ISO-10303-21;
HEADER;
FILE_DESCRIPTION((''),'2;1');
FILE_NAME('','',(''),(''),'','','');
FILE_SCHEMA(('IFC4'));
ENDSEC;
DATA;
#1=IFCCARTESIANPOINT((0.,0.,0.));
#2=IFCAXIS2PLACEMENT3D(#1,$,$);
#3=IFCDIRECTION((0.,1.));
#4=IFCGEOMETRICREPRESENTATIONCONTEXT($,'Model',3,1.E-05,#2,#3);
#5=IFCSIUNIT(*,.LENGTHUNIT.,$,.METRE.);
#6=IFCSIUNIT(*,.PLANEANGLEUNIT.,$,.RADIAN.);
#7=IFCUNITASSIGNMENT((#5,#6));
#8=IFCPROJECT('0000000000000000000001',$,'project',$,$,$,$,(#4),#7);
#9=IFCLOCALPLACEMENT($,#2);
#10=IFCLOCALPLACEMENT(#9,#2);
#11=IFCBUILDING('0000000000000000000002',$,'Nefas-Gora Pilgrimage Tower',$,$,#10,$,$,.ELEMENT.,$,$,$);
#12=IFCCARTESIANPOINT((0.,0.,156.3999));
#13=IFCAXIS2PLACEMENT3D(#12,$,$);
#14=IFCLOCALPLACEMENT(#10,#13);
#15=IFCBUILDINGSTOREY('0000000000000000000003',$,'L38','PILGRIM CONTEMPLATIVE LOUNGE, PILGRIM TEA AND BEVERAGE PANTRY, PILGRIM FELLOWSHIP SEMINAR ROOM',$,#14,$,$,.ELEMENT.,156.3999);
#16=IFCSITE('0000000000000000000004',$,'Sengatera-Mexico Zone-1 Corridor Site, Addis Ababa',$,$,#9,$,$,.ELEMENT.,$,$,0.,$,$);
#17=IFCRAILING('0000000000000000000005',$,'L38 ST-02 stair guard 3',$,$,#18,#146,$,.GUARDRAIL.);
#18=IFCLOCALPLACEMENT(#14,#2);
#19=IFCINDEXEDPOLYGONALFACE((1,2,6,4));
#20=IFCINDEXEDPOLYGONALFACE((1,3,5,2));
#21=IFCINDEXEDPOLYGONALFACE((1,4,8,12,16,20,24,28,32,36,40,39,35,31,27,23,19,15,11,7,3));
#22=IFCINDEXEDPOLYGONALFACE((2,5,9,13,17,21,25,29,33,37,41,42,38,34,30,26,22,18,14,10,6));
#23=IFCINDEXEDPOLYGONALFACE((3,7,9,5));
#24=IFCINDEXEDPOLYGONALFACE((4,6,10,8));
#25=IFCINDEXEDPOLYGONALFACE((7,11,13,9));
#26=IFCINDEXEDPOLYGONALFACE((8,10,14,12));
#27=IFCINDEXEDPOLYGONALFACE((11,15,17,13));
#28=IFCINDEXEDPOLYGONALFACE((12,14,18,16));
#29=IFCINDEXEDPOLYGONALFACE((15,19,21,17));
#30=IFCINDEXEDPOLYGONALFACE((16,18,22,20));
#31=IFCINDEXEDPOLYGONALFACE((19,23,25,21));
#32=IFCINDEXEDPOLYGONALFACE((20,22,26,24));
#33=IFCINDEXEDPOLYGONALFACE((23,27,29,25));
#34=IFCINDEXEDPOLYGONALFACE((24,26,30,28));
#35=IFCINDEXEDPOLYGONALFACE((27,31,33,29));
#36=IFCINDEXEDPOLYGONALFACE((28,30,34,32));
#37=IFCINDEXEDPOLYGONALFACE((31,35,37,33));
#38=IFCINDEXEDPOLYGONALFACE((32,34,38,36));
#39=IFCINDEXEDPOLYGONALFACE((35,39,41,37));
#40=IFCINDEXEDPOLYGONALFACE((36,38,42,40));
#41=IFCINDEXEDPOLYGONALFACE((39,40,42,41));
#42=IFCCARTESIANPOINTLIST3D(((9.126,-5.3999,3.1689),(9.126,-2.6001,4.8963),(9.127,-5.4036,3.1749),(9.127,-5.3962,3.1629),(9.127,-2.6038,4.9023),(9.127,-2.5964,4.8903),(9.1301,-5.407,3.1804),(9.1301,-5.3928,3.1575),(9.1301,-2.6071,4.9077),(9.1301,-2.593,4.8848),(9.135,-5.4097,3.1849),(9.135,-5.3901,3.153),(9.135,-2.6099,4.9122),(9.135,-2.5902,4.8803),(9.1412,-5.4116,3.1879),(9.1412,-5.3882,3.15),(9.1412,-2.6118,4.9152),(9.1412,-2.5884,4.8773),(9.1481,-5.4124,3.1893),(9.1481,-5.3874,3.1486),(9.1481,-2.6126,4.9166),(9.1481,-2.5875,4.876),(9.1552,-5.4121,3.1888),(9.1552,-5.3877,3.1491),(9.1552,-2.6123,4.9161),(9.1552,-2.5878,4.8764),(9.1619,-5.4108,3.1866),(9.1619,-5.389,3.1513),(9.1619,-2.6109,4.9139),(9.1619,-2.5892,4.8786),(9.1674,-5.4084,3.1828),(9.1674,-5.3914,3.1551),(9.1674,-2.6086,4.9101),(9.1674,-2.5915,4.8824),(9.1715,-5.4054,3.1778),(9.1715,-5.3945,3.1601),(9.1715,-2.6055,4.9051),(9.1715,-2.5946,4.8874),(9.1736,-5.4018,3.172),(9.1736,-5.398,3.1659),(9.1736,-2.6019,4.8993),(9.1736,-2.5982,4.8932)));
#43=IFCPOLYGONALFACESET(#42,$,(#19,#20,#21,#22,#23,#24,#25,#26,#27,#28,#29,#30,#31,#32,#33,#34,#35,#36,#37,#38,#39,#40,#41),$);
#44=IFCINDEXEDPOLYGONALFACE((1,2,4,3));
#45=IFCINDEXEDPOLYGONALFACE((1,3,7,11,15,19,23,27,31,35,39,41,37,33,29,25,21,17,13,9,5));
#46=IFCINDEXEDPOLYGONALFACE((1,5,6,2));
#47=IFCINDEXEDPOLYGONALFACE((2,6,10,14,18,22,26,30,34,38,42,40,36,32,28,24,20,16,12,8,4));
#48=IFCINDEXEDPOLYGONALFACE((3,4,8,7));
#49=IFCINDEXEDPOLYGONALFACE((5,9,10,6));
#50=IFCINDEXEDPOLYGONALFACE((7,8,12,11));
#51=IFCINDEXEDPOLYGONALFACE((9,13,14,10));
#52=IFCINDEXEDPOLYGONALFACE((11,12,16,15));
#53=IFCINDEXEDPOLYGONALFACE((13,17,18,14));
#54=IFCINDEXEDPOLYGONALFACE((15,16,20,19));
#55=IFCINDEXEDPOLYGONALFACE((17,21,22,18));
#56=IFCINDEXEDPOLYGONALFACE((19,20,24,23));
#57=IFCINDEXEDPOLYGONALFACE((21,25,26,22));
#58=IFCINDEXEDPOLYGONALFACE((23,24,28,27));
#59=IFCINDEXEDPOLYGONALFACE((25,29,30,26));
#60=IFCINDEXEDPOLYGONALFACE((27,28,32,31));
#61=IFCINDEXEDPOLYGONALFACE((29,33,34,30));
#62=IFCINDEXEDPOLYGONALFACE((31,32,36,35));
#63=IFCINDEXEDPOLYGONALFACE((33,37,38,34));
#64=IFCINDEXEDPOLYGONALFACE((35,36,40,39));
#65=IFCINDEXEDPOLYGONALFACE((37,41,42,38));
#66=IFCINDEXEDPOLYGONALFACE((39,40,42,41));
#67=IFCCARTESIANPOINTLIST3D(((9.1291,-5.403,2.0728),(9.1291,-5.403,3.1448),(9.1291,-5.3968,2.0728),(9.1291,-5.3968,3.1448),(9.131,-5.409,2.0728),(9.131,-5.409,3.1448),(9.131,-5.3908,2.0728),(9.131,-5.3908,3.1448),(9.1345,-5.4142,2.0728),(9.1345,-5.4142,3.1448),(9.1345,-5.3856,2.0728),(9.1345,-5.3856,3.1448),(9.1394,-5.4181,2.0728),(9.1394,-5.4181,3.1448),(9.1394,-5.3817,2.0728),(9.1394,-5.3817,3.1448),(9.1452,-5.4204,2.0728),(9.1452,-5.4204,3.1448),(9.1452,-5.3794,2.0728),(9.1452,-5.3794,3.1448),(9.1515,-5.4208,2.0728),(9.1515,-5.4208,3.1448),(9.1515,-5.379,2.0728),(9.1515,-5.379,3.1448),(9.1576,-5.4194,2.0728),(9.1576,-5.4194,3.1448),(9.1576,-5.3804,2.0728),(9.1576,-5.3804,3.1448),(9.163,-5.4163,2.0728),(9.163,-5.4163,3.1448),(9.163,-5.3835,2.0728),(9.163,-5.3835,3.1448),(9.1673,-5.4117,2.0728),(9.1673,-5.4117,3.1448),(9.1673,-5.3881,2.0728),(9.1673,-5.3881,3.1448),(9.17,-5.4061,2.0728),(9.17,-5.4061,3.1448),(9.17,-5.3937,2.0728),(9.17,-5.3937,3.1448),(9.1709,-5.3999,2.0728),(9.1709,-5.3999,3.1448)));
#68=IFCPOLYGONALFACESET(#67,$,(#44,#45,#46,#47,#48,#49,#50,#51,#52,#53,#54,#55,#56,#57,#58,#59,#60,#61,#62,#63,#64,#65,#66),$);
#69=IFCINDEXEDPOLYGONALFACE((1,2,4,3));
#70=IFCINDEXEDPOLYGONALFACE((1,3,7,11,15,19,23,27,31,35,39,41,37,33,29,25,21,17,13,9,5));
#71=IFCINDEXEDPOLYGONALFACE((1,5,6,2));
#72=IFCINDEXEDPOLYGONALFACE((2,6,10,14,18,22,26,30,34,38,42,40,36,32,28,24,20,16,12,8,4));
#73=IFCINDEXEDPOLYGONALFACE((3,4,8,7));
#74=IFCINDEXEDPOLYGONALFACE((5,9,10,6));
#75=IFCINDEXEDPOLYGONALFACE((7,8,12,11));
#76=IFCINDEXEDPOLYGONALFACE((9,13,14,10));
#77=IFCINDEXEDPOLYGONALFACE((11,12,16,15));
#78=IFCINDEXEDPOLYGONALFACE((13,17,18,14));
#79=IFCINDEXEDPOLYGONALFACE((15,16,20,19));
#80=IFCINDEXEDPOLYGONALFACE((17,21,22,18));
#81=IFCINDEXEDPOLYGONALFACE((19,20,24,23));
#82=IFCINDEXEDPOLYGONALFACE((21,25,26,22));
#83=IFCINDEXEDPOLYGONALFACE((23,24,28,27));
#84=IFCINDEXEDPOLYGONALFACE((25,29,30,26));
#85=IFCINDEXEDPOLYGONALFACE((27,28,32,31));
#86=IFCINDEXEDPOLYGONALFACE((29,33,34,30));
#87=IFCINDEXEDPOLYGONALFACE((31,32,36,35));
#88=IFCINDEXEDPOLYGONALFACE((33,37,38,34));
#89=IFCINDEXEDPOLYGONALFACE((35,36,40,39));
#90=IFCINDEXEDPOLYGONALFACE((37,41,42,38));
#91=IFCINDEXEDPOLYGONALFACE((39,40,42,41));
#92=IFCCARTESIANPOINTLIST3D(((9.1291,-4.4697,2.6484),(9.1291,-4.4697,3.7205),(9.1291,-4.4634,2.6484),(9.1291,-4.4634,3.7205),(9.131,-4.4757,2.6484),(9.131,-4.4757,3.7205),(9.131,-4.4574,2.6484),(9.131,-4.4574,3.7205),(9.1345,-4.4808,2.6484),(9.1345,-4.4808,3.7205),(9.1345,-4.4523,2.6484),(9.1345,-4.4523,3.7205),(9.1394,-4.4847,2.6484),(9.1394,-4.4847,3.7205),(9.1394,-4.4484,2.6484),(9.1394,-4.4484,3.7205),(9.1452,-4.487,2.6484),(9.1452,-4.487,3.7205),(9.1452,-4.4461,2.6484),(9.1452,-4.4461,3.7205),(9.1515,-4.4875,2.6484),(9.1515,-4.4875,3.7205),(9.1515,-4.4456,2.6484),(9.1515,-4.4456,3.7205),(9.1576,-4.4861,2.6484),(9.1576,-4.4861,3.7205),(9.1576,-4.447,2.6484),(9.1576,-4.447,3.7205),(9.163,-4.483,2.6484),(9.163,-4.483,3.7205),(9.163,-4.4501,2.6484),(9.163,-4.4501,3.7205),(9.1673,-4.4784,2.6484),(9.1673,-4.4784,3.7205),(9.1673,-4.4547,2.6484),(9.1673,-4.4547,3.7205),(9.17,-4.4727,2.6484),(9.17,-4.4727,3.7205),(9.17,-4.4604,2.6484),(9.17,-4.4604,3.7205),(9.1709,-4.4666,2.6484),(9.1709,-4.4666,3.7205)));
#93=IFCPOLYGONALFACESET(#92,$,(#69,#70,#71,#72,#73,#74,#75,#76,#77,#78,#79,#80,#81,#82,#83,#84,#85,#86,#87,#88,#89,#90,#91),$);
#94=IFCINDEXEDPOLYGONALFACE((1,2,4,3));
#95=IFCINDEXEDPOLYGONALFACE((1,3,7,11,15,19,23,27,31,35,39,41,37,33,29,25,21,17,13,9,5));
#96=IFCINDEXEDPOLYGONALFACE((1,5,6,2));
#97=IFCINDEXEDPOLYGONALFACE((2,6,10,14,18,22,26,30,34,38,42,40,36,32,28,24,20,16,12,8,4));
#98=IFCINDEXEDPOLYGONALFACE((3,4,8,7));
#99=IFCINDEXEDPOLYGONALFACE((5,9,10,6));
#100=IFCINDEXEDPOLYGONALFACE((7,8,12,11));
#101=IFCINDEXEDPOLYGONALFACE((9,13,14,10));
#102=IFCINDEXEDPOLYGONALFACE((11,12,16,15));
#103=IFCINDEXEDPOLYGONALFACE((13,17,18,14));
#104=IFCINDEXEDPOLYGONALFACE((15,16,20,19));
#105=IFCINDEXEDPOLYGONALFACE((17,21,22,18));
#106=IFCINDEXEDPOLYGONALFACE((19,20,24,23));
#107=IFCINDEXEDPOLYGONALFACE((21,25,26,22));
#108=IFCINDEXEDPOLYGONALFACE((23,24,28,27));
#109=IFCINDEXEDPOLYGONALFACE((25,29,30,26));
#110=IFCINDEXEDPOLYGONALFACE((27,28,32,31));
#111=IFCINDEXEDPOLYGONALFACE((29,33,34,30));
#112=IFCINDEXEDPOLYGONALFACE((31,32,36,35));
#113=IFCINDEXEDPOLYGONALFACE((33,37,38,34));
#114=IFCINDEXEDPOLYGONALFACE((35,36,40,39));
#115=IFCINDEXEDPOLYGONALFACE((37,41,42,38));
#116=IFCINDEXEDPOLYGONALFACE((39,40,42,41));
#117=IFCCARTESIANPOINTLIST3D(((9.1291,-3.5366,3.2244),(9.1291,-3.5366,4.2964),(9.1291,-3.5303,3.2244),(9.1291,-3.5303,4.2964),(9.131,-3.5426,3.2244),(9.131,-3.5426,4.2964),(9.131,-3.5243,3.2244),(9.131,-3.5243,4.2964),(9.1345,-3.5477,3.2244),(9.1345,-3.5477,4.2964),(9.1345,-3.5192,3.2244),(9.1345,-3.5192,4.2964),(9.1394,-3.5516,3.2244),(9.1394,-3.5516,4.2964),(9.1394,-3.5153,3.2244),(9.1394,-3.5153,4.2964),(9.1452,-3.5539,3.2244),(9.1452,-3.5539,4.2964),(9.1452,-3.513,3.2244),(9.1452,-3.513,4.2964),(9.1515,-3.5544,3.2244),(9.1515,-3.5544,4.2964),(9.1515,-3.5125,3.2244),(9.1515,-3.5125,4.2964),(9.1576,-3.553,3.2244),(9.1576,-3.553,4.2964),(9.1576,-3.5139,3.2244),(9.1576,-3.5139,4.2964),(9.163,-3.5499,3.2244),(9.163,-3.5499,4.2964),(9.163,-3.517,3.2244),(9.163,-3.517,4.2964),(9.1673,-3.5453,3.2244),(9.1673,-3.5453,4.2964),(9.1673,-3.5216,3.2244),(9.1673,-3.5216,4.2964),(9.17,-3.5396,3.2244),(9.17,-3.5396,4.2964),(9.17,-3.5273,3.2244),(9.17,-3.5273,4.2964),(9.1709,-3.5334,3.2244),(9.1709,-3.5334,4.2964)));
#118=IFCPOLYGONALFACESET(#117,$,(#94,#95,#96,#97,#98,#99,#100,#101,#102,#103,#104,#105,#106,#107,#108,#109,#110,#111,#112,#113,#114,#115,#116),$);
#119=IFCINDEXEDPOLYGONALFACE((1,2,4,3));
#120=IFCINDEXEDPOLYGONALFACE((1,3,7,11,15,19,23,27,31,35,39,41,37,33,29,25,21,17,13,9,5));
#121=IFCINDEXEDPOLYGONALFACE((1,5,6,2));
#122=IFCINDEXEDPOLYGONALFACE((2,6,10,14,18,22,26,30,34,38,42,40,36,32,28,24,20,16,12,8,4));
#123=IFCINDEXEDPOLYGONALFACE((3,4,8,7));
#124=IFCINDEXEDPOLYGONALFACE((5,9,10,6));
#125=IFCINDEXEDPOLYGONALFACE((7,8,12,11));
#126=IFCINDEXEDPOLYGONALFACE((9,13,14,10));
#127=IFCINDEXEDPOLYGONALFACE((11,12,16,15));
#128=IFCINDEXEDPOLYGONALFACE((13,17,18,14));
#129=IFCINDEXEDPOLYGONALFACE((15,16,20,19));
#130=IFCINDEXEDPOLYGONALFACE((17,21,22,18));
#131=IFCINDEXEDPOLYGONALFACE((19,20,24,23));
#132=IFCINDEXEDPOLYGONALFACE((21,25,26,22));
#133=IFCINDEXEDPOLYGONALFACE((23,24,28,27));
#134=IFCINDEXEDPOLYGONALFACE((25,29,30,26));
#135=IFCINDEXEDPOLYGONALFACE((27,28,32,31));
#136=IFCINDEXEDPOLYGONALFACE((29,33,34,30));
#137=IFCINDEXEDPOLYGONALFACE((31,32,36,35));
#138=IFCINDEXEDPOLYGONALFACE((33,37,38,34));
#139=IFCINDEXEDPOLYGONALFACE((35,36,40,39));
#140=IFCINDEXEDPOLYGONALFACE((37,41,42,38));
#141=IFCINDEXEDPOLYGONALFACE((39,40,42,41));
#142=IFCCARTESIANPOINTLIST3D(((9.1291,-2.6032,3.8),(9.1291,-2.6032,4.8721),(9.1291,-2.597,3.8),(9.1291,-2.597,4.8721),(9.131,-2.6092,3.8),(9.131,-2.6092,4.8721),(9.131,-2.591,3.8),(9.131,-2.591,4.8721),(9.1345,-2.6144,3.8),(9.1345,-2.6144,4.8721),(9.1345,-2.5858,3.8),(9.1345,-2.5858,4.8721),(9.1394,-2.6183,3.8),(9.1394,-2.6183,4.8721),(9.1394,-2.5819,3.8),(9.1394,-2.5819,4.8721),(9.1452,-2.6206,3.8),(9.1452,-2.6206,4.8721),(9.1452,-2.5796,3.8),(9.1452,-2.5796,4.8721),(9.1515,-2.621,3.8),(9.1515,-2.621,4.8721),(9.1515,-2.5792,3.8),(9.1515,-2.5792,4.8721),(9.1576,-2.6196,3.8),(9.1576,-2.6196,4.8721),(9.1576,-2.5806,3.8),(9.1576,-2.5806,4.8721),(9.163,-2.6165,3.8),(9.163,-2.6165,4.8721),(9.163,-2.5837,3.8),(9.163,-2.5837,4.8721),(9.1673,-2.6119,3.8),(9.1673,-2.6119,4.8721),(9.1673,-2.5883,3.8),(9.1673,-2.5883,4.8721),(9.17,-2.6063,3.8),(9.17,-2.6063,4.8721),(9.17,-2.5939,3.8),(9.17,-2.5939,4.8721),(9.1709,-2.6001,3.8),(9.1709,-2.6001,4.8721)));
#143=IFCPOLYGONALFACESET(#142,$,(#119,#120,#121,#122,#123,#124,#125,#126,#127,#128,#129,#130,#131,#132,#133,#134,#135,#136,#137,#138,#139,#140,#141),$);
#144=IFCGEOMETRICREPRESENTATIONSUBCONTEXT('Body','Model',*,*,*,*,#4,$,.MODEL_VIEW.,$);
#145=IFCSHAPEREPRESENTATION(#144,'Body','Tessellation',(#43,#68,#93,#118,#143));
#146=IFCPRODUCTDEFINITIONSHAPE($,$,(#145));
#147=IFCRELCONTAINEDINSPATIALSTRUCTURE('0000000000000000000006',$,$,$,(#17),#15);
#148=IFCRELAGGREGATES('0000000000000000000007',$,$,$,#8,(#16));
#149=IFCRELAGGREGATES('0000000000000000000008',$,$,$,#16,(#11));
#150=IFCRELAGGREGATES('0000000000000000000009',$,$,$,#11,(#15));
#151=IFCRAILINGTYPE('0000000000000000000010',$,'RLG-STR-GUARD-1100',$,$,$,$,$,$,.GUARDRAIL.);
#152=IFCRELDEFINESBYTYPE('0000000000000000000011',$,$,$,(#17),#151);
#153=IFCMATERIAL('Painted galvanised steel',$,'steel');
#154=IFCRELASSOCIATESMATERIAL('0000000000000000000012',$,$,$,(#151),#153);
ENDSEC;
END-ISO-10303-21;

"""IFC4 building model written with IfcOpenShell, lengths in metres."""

from ifc_helpers import new_model, si_unit, direction, frame, origin, origin_2d, place, context, subcontext, project, spatial, circle, extrude, material, type_object, element, save


model = new_model("IFC4")

# Units and contexts
model_context = context("Model", 3, precision=1e-05, world=origin(), true_north=direction((0.0, 1.0)))
body_context = subcontext(model_context, "Body", "Model", "MODEL_VIEW")
ifc_project = project(units=[si_unit("LENGTHUNIT", "METRE"), si_unit("PLANEANGLEUNIT", "RADIAN")], contexts=[model_context])

# Site, building, storey
site_placement = place(None, origin())
site = spatial("IfcSite", under=ifc_project, at=site_placement, Name="Sengatera-Mexico Zone-1 Corridor Site, Addis Ababa", CompositionType="ELEMENT", RefElevation=0.0)
building_placement = place(site_placement, origin())
building = spatial("IfcBuilding", under=site, at=building_placement, Name="Nefas-Gora Pilgrimage Tower", CompositionType="ELEMENT")
storey_placement = place(building_placement, frame((0.0, 0.0, 156.3999)))
storey = spatial("IfcBuildingStorey", under=building, at=storey_placement, Name="L38", Description="PILGRIM CONTEMPLATIVE LOUNGE, PILGRIM TEA AND BEVERAGE PANTRY, PILGRIM FELLOWSHIP SEMINAR ROOM", CompositionType="ELEMENT", Elevation=156.3999)

# Railing
ifc_material_1 = material(Name="Painted galvanised steel", Category="steel")
railing_type_1 = type_object("IfcRailingType", Name="RLG-STR-GUARD-1100", PredefinedType="GUARDRAIL", material=ifc_material_1)
railing_1_placement = place(storey_placement, frame((9.1499, -5.3999, 2.0728)))
element("IfcRailing", 1, at=railing_1_placement, inside=storey, type_object=railing_type_1, Name="L38 ST-02 stair guard 3", PredefinedType="GUARDRAIL", context=body_context, shape_type="SweptSolid", body=[
    extrude(circle(Radius=0.0239, at=origin_2d()), frame((0.0, 0.0, 1.0962), z_axis=(0.0, 0.851069, 0.525054), x_axis=(-1.0, 0.0, 0.0)), (0.0, 0.0, 1.0), 3.2898),
    extrude(circle(Radius=0.021, at=origin_2d()), origin(), (0.0, 0.0, 1.0), 1.072),
    extrude(circle(Radius=0.021, at=origin_2d()), frame((0.0, 0.9333, 0.5757)), (0.0, 0.0, 1.0), 1.072),
    extrude(circle(Radius=0.021, at=origin_2d()), frame((0.0, 1.8665, 1.1516)), (0.0, 0.0, 1.0), 1.072),
    extrude(circle(Radius=0.021, at=origin_2d()), frame((0.0, 2.7998, 1.7273)), (0.0, 0.0, 1.0), 1.072),
])

save(model, "model.ifc")
